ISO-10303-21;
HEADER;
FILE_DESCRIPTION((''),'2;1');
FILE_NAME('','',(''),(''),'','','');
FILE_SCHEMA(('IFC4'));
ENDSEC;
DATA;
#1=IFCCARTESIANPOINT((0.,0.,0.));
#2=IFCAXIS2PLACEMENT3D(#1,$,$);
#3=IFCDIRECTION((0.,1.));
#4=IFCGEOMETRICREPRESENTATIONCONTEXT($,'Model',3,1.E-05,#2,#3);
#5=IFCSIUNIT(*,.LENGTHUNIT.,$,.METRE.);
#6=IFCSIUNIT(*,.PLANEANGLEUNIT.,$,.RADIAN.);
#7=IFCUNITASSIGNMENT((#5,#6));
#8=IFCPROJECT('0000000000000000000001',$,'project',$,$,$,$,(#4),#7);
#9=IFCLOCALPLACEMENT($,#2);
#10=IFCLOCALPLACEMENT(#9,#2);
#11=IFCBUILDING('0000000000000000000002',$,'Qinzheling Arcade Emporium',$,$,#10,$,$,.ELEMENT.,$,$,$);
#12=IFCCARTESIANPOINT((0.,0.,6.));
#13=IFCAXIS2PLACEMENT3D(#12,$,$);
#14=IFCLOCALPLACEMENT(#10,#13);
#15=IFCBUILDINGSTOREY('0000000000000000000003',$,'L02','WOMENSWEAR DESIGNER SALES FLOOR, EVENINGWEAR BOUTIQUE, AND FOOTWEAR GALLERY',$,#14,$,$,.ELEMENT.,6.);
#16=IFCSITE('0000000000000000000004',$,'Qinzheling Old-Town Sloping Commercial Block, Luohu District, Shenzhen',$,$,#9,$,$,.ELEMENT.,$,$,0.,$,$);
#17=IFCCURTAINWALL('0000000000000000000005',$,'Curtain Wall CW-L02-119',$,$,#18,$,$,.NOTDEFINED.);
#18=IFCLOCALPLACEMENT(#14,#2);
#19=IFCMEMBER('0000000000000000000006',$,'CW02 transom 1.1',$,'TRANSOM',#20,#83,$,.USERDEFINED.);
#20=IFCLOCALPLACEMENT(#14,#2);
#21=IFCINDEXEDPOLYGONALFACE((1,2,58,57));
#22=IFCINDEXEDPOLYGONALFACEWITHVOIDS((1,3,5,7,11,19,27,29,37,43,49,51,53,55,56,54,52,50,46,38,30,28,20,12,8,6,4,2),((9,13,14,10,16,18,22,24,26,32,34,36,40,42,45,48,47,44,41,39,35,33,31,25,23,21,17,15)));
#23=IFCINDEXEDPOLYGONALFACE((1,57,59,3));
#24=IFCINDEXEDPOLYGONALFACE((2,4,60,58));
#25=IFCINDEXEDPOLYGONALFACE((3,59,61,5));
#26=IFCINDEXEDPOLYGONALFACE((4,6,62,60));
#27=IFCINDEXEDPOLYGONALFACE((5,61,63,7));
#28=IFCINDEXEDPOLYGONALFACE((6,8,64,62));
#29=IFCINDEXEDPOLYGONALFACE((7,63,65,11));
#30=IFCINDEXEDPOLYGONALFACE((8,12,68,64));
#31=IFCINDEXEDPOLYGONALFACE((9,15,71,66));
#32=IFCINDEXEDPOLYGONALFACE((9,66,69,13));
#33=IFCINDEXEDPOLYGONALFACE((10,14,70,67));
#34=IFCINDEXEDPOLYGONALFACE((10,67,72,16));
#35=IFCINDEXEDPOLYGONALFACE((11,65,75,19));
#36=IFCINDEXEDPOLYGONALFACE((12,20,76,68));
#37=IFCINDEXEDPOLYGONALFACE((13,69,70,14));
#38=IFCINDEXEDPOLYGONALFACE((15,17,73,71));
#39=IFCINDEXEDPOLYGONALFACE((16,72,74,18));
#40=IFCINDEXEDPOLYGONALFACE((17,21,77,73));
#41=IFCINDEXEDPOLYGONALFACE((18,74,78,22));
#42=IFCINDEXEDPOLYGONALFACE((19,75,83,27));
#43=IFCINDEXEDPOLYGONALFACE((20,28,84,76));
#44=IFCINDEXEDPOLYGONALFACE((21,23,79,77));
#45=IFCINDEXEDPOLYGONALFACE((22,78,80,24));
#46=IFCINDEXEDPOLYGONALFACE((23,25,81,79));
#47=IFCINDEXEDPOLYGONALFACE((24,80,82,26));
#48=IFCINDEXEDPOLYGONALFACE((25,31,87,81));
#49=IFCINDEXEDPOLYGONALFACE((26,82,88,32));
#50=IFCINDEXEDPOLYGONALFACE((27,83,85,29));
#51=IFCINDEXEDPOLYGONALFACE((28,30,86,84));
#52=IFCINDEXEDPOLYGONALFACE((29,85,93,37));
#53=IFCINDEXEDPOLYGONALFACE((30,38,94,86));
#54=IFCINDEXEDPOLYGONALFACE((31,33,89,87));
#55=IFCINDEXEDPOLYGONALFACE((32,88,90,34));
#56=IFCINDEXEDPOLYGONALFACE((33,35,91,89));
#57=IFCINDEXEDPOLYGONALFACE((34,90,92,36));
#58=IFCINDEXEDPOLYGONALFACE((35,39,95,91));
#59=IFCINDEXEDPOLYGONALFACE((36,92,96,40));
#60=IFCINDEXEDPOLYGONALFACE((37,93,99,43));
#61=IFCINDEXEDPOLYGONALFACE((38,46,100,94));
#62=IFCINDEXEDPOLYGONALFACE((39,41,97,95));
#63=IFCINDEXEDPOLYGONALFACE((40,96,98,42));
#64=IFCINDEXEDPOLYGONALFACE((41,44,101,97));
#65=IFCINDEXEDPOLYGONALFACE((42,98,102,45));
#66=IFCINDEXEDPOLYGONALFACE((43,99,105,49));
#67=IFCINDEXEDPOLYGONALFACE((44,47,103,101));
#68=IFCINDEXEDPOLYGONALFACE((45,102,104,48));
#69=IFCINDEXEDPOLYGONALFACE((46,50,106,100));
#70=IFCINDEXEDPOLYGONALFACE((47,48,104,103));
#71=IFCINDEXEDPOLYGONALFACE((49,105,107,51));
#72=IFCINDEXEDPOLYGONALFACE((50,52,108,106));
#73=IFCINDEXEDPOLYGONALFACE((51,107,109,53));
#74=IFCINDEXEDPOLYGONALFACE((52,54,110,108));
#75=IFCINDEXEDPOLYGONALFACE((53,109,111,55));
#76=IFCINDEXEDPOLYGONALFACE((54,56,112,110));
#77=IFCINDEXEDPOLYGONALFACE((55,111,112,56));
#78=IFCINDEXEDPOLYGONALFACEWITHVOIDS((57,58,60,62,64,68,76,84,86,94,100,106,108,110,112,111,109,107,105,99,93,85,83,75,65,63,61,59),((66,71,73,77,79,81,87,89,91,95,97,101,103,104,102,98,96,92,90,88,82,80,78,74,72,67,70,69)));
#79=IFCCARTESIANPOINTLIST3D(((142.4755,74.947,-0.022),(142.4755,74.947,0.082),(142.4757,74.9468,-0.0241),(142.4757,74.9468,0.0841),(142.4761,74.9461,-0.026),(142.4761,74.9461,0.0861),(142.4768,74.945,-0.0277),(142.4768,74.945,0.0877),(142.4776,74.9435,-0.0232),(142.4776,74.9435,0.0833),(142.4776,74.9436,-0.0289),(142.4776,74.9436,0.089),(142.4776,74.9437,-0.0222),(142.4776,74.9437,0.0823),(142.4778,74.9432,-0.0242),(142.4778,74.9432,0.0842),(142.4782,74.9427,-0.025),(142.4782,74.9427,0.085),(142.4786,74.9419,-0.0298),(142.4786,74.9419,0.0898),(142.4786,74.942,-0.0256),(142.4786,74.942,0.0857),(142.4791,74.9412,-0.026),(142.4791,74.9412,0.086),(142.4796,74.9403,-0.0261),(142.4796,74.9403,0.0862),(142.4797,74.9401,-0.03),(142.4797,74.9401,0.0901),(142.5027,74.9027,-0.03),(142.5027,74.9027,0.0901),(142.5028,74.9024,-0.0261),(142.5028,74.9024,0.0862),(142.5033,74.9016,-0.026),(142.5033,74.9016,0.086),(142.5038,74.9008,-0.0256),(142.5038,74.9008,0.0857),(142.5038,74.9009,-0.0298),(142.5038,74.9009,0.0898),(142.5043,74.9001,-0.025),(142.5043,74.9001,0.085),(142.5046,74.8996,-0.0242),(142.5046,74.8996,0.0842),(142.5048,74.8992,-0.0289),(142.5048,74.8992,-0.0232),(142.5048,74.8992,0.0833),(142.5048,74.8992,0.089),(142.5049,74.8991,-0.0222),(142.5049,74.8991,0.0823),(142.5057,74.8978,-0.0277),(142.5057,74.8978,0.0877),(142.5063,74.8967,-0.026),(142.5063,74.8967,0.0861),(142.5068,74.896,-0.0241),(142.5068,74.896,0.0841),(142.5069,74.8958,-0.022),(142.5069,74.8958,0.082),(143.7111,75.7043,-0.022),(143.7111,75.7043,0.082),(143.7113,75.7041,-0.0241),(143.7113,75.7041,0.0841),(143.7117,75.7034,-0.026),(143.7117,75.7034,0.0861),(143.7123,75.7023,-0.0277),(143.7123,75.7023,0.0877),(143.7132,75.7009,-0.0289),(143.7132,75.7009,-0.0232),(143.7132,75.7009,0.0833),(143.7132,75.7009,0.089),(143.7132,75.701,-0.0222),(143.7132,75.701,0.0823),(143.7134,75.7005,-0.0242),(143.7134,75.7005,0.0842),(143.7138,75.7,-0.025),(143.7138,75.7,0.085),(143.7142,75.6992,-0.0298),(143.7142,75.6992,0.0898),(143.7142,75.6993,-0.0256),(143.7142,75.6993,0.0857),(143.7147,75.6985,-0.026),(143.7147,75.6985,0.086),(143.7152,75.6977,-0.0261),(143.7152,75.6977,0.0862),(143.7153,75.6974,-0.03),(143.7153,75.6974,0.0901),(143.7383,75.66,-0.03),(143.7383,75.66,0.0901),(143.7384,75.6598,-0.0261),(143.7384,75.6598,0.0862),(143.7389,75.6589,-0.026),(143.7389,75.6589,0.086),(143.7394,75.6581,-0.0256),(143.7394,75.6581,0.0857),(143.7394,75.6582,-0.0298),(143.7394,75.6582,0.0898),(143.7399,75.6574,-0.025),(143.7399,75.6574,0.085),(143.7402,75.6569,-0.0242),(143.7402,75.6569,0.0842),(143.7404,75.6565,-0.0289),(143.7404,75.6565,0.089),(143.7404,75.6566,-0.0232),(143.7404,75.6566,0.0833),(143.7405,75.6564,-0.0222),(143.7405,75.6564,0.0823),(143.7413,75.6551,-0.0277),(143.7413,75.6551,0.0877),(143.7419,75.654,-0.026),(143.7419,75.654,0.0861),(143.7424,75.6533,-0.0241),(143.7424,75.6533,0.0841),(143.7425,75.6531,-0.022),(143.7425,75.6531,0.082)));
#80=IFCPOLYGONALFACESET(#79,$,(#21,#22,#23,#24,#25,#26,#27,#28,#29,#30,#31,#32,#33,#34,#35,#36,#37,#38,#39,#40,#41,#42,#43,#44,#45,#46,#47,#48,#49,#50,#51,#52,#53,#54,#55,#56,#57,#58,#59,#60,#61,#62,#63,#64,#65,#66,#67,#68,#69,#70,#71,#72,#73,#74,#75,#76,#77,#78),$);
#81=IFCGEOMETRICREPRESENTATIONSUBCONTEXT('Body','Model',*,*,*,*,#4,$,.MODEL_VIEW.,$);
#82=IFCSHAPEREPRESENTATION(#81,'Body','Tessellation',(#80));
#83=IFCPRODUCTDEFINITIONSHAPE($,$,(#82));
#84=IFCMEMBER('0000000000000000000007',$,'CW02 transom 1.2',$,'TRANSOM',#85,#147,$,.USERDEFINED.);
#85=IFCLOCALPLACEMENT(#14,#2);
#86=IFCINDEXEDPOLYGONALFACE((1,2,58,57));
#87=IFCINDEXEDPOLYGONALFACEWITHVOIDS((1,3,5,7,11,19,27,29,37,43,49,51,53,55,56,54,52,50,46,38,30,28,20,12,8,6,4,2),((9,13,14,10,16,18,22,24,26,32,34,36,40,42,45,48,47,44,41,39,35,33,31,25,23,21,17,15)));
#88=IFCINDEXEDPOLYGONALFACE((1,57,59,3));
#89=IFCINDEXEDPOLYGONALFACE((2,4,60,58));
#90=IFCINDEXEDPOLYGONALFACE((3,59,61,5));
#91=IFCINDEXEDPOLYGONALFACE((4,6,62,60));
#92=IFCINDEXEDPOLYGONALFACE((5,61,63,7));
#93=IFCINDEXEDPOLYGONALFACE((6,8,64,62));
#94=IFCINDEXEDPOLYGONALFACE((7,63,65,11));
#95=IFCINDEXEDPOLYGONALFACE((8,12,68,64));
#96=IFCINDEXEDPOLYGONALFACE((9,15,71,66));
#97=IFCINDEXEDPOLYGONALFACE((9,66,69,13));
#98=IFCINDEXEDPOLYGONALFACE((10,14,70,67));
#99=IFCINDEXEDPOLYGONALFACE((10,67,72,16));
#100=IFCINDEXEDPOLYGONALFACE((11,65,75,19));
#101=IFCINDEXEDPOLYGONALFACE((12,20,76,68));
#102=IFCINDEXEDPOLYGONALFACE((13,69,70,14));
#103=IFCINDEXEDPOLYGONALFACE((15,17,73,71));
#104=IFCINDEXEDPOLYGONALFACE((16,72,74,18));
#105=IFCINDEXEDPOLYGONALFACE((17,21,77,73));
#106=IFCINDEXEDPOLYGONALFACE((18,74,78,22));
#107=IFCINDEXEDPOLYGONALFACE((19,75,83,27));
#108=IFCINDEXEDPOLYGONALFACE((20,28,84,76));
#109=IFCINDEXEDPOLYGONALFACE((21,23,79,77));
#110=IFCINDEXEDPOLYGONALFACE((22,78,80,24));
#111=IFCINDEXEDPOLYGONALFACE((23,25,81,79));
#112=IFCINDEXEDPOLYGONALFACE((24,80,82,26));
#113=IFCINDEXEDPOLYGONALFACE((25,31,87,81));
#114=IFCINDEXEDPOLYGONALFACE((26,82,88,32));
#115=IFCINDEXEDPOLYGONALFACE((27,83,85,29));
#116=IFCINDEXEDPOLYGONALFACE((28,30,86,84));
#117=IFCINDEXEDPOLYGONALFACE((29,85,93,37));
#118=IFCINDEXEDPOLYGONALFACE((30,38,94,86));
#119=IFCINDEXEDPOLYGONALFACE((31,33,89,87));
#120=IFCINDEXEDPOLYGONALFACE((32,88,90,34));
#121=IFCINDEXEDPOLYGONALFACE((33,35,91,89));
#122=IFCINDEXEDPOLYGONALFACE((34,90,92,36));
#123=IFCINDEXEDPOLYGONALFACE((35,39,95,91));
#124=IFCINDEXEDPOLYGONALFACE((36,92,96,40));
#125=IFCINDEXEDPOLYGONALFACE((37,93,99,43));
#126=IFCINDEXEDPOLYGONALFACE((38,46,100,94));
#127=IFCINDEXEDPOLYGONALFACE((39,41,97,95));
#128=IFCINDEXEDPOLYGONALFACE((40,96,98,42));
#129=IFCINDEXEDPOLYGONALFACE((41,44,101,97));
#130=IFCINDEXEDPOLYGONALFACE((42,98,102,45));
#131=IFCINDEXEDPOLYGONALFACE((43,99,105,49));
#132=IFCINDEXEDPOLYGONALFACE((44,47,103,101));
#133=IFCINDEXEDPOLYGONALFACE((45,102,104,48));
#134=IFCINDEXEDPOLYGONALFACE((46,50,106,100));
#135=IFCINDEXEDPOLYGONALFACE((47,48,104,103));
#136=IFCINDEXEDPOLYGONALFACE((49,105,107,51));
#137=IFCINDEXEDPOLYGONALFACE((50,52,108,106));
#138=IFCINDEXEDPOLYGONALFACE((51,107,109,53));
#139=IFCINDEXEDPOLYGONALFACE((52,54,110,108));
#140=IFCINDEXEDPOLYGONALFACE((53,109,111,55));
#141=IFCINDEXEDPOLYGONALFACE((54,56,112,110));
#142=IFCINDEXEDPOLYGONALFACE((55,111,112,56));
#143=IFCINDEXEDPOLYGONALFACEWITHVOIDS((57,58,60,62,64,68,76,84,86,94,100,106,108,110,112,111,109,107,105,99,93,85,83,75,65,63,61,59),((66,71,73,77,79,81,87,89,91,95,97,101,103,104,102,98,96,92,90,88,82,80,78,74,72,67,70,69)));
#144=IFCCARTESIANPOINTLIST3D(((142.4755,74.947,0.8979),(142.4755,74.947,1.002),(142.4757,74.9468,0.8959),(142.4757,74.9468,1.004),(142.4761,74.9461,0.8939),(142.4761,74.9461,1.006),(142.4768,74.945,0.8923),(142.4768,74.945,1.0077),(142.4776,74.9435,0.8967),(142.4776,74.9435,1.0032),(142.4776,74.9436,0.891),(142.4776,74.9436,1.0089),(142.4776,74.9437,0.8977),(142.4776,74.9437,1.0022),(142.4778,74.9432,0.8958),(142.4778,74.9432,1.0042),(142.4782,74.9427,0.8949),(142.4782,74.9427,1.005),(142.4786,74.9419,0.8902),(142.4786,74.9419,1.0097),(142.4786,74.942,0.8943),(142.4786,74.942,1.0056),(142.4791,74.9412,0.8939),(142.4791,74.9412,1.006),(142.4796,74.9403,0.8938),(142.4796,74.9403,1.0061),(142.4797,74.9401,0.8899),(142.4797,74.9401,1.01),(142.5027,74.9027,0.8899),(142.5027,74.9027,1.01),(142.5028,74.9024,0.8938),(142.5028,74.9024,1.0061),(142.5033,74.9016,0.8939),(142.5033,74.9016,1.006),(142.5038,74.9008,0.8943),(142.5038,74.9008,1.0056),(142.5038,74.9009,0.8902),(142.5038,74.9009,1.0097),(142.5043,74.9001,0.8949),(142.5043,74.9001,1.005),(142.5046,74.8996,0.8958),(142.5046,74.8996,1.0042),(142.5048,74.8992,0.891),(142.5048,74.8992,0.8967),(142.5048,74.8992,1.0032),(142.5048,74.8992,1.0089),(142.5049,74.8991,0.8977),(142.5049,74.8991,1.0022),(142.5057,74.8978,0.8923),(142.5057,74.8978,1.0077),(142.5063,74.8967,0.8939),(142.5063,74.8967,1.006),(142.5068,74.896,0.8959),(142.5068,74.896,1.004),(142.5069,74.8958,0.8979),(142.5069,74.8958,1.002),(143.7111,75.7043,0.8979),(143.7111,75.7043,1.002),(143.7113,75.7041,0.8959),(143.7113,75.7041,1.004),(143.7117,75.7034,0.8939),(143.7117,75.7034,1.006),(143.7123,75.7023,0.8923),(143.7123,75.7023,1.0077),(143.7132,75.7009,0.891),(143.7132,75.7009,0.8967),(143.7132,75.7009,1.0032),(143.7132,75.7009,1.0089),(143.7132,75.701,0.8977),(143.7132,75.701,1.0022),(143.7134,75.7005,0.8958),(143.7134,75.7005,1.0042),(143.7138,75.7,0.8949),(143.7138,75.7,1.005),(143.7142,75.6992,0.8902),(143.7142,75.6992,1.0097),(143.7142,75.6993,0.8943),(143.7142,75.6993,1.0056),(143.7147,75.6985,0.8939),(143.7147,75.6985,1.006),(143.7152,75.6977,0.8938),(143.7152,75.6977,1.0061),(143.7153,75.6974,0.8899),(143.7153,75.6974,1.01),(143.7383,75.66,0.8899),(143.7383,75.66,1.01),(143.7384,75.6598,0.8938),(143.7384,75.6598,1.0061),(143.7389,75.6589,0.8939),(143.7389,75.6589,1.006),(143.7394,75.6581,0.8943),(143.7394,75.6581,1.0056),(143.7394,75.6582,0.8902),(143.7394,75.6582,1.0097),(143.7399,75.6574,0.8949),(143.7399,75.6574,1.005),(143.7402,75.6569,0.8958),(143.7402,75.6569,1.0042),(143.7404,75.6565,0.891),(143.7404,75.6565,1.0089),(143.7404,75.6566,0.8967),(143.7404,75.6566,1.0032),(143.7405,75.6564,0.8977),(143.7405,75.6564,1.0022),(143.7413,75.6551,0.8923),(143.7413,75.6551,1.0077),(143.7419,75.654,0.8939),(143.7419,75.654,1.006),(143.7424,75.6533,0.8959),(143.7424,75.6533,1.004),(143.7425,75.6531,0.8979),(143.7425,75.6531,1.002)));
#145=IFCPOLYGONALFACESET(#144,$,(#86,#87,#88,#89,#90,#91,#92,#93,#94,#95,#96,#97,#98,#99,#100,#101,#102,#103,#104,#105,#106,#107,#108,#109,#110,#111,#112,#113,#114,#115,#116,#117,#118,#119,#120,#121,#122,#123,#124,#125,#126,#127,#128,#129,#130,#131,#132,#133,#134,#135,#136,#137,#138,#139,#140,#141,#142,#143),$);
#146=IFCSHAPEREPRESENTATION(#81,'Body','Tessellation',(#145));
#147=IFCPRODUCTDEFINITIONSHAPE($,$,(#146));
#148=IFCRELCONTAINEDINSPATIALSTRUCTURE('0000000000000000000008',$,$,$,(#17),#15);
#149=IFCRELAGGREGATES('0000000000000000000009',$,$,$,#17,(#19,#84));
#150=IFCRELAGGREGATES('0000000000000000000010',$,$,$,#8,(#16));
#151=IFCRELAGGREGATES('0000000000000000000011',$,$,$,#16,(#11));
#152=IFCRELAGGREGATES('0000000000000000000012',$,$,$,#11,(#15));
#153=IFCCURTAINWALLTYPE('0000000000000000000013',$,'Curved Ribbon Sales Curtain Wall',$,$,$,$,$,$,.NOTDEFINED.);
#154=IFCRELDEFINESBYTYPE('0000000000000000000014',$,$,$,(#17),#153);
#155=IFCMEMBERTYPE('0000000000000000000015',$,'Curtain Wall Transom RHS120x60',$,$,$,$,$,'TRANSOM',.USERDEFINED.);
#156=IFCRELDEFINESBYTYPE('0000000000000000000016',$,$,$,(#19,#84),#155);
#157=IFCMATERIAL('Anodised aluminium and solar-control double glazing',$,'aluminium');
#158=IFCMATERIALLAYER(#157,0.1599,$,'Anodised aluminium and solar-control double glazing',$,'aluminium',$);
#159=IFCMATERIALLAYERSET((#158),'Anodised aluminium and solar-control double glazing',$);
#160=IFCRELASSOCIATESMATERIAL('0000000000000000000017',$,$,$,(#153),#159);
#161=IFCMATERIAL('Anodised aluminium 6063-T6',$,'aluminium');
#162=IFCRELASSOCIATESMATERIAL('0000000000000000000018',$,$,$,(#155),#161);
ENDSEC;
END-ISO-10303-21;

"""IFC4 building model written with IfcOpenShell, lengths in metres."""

from ifc_helpers import new_model, si_unit, direction, frame, origin, origin_2d, place, context, subcontext, project, spatial, hollow_rectangle, extrude, material, layer, layer_set, material_profile, profile_set, type_object, element, aggregate, save


model = new_model("IFC4")

# Units and contexts
model_context = context("Model", 3, precision=1e-05, world=origin(), true_north=direction((0.0, 1.0)))
body_context = subcontext(model_context, "Body", "Model", "MODEL_VIEW")
ifc_project = project(units=[si_unit("LENGTHUNIT", "METRE"), si_unit("PLANEANGLEUNIT", "RADIAN")], contexts=[model_context])

# Site, building, storey
site_placement = place(None, origin())
site = spatial("IfcSite", under=ifc_project, at=site_placement, Name="Qinzheling Old-Town Sloping Commercial Block, Luohu District, Shenzhen", CompositionType="ELEMENT", RefElevation=0.0)
building_placement = place(site_placement, origin())
building = spatial("IfcBuilding", under=site, at=building_placement, Name="Qinzheling Arcade Emporium", CompositionType="ELEMENT")
storey_placement = place(building_placement, frame((0.0, 0.0, 6.0)))
storey = spatial("IfcBuildingStorey", under=building, at=storey_placement, Name="L02", Description="WOMENSWEAR DESIGNER SALES FLOOR, EVENINGWEAR BOUTIQUE, AND FOOTWEAR GALLERY", CompositionType="ELEMENT", Elevation=6.0)

# Curtain wall
ifc_material_1 = material(Name="Anodised aluminium and solar-control double glazing", Category="aluminium")
ifc_layer_1 = layer(ifc_material_1, 0.1599, Name="Anodised aluminium and solar-control double glazing", Category="aluminium")
ifc_layer_set_1 = layer_set([ifc_layer_1], Name="Anodised aluminium and solar-control double glazing")
curtain_wall_type = type_object("IfcCurtainWallType", Name="Curved Ribbon Sales Curtain Wall", PredefinedType="NOTDEFINED", material=ifc_layer_set_1)
curtain_wall_1_placement = place(storey_placement, origin())
curtain_wall_1 = element("IfcCurtainWall", 1, at=curtain_wall_1_placement, inside=storey, type_object=curtain_wall_type, Name="Curtain Wall CW-L02-119", PredefinedType="NOTDEFINED")
ifc_material_2 = material(Name="Anodised aluminium 6063-T6", Category="aluminium")

# Members
ifc_material_profile_1 = material_profile(ifc_material_2, hollow_rectangle(XDim=0.0601, YDim=0.1201, WallThickness=0.0039, InnerFilletRadius=0.0039, OuterFilletRadius=0.0081, at=origin_2d()), Name="RHS 120x60x4", Category="aluminium")
ifc_profile_set_1 = profile_set([ifc_material_profile_1], Name="Anodised aluminium 6063-T6")
member_type_1 = type_object("IfcMemberType", Name="Curtain Wall Transom RHS120x60", ElementType="TRANSOM", PredefinedType="USERDEFINED", material=ifc_profile_set_1)
member_1_placement = place(storey_placement, frame((143.7268, 75.6787, 0.03), z_axis=(-0.852594, -0.522574, 0.0), x_axis=(0.522574, -0.852594, 0.0)))
member_1 = element("IfcMember", 2, at=member_1_placement, type_object=member_type_1, Name="CW02 transom 1.1", ObjectType="TRANSOM", PredefinedType="USERDEFINED", context=body_context, shape_type="SweptSolid", body=[
    extrude(hollow_rectangle(XDim=0.0601, YDim=0.1201, WallThickness=0.0039, InnerFilletRadius=0.0039, OuterFilletRadius=0.0081, at=origin_2d()), origin(), (0.0, 0.0, 1.0), 1.4492),
])
member_2_placement = place(storey_placement, frame((143.7268, 75.6787, 0.95), z_axis=(-0.852594, -0.522574, 0.0), x_axis=(0.522574, -0.852594, 0.0)))
member_2 = element("IfcMember", 3, at=member_2_placement, type_object=member_type_1, Name="CW02 transom 1.2", ObjectType="TRANSOM", PredefinedType="USERDEFINED", context=body_context, shape_type="SweptSolid", body=[
    extrude(hollow_rectangle(XDim=0.0601, YDim=0.1201, WallThickness=0.0039, InnerFilletRadius=0.0039, OuterFilletRadius=0.0081, at=origin_2d()), origin(), (0.0, 0.0, 1.0), 1.4492),
])

aggregate(curtain_wall_1, [member_1, member_2])

save(model, "model.ifc")
